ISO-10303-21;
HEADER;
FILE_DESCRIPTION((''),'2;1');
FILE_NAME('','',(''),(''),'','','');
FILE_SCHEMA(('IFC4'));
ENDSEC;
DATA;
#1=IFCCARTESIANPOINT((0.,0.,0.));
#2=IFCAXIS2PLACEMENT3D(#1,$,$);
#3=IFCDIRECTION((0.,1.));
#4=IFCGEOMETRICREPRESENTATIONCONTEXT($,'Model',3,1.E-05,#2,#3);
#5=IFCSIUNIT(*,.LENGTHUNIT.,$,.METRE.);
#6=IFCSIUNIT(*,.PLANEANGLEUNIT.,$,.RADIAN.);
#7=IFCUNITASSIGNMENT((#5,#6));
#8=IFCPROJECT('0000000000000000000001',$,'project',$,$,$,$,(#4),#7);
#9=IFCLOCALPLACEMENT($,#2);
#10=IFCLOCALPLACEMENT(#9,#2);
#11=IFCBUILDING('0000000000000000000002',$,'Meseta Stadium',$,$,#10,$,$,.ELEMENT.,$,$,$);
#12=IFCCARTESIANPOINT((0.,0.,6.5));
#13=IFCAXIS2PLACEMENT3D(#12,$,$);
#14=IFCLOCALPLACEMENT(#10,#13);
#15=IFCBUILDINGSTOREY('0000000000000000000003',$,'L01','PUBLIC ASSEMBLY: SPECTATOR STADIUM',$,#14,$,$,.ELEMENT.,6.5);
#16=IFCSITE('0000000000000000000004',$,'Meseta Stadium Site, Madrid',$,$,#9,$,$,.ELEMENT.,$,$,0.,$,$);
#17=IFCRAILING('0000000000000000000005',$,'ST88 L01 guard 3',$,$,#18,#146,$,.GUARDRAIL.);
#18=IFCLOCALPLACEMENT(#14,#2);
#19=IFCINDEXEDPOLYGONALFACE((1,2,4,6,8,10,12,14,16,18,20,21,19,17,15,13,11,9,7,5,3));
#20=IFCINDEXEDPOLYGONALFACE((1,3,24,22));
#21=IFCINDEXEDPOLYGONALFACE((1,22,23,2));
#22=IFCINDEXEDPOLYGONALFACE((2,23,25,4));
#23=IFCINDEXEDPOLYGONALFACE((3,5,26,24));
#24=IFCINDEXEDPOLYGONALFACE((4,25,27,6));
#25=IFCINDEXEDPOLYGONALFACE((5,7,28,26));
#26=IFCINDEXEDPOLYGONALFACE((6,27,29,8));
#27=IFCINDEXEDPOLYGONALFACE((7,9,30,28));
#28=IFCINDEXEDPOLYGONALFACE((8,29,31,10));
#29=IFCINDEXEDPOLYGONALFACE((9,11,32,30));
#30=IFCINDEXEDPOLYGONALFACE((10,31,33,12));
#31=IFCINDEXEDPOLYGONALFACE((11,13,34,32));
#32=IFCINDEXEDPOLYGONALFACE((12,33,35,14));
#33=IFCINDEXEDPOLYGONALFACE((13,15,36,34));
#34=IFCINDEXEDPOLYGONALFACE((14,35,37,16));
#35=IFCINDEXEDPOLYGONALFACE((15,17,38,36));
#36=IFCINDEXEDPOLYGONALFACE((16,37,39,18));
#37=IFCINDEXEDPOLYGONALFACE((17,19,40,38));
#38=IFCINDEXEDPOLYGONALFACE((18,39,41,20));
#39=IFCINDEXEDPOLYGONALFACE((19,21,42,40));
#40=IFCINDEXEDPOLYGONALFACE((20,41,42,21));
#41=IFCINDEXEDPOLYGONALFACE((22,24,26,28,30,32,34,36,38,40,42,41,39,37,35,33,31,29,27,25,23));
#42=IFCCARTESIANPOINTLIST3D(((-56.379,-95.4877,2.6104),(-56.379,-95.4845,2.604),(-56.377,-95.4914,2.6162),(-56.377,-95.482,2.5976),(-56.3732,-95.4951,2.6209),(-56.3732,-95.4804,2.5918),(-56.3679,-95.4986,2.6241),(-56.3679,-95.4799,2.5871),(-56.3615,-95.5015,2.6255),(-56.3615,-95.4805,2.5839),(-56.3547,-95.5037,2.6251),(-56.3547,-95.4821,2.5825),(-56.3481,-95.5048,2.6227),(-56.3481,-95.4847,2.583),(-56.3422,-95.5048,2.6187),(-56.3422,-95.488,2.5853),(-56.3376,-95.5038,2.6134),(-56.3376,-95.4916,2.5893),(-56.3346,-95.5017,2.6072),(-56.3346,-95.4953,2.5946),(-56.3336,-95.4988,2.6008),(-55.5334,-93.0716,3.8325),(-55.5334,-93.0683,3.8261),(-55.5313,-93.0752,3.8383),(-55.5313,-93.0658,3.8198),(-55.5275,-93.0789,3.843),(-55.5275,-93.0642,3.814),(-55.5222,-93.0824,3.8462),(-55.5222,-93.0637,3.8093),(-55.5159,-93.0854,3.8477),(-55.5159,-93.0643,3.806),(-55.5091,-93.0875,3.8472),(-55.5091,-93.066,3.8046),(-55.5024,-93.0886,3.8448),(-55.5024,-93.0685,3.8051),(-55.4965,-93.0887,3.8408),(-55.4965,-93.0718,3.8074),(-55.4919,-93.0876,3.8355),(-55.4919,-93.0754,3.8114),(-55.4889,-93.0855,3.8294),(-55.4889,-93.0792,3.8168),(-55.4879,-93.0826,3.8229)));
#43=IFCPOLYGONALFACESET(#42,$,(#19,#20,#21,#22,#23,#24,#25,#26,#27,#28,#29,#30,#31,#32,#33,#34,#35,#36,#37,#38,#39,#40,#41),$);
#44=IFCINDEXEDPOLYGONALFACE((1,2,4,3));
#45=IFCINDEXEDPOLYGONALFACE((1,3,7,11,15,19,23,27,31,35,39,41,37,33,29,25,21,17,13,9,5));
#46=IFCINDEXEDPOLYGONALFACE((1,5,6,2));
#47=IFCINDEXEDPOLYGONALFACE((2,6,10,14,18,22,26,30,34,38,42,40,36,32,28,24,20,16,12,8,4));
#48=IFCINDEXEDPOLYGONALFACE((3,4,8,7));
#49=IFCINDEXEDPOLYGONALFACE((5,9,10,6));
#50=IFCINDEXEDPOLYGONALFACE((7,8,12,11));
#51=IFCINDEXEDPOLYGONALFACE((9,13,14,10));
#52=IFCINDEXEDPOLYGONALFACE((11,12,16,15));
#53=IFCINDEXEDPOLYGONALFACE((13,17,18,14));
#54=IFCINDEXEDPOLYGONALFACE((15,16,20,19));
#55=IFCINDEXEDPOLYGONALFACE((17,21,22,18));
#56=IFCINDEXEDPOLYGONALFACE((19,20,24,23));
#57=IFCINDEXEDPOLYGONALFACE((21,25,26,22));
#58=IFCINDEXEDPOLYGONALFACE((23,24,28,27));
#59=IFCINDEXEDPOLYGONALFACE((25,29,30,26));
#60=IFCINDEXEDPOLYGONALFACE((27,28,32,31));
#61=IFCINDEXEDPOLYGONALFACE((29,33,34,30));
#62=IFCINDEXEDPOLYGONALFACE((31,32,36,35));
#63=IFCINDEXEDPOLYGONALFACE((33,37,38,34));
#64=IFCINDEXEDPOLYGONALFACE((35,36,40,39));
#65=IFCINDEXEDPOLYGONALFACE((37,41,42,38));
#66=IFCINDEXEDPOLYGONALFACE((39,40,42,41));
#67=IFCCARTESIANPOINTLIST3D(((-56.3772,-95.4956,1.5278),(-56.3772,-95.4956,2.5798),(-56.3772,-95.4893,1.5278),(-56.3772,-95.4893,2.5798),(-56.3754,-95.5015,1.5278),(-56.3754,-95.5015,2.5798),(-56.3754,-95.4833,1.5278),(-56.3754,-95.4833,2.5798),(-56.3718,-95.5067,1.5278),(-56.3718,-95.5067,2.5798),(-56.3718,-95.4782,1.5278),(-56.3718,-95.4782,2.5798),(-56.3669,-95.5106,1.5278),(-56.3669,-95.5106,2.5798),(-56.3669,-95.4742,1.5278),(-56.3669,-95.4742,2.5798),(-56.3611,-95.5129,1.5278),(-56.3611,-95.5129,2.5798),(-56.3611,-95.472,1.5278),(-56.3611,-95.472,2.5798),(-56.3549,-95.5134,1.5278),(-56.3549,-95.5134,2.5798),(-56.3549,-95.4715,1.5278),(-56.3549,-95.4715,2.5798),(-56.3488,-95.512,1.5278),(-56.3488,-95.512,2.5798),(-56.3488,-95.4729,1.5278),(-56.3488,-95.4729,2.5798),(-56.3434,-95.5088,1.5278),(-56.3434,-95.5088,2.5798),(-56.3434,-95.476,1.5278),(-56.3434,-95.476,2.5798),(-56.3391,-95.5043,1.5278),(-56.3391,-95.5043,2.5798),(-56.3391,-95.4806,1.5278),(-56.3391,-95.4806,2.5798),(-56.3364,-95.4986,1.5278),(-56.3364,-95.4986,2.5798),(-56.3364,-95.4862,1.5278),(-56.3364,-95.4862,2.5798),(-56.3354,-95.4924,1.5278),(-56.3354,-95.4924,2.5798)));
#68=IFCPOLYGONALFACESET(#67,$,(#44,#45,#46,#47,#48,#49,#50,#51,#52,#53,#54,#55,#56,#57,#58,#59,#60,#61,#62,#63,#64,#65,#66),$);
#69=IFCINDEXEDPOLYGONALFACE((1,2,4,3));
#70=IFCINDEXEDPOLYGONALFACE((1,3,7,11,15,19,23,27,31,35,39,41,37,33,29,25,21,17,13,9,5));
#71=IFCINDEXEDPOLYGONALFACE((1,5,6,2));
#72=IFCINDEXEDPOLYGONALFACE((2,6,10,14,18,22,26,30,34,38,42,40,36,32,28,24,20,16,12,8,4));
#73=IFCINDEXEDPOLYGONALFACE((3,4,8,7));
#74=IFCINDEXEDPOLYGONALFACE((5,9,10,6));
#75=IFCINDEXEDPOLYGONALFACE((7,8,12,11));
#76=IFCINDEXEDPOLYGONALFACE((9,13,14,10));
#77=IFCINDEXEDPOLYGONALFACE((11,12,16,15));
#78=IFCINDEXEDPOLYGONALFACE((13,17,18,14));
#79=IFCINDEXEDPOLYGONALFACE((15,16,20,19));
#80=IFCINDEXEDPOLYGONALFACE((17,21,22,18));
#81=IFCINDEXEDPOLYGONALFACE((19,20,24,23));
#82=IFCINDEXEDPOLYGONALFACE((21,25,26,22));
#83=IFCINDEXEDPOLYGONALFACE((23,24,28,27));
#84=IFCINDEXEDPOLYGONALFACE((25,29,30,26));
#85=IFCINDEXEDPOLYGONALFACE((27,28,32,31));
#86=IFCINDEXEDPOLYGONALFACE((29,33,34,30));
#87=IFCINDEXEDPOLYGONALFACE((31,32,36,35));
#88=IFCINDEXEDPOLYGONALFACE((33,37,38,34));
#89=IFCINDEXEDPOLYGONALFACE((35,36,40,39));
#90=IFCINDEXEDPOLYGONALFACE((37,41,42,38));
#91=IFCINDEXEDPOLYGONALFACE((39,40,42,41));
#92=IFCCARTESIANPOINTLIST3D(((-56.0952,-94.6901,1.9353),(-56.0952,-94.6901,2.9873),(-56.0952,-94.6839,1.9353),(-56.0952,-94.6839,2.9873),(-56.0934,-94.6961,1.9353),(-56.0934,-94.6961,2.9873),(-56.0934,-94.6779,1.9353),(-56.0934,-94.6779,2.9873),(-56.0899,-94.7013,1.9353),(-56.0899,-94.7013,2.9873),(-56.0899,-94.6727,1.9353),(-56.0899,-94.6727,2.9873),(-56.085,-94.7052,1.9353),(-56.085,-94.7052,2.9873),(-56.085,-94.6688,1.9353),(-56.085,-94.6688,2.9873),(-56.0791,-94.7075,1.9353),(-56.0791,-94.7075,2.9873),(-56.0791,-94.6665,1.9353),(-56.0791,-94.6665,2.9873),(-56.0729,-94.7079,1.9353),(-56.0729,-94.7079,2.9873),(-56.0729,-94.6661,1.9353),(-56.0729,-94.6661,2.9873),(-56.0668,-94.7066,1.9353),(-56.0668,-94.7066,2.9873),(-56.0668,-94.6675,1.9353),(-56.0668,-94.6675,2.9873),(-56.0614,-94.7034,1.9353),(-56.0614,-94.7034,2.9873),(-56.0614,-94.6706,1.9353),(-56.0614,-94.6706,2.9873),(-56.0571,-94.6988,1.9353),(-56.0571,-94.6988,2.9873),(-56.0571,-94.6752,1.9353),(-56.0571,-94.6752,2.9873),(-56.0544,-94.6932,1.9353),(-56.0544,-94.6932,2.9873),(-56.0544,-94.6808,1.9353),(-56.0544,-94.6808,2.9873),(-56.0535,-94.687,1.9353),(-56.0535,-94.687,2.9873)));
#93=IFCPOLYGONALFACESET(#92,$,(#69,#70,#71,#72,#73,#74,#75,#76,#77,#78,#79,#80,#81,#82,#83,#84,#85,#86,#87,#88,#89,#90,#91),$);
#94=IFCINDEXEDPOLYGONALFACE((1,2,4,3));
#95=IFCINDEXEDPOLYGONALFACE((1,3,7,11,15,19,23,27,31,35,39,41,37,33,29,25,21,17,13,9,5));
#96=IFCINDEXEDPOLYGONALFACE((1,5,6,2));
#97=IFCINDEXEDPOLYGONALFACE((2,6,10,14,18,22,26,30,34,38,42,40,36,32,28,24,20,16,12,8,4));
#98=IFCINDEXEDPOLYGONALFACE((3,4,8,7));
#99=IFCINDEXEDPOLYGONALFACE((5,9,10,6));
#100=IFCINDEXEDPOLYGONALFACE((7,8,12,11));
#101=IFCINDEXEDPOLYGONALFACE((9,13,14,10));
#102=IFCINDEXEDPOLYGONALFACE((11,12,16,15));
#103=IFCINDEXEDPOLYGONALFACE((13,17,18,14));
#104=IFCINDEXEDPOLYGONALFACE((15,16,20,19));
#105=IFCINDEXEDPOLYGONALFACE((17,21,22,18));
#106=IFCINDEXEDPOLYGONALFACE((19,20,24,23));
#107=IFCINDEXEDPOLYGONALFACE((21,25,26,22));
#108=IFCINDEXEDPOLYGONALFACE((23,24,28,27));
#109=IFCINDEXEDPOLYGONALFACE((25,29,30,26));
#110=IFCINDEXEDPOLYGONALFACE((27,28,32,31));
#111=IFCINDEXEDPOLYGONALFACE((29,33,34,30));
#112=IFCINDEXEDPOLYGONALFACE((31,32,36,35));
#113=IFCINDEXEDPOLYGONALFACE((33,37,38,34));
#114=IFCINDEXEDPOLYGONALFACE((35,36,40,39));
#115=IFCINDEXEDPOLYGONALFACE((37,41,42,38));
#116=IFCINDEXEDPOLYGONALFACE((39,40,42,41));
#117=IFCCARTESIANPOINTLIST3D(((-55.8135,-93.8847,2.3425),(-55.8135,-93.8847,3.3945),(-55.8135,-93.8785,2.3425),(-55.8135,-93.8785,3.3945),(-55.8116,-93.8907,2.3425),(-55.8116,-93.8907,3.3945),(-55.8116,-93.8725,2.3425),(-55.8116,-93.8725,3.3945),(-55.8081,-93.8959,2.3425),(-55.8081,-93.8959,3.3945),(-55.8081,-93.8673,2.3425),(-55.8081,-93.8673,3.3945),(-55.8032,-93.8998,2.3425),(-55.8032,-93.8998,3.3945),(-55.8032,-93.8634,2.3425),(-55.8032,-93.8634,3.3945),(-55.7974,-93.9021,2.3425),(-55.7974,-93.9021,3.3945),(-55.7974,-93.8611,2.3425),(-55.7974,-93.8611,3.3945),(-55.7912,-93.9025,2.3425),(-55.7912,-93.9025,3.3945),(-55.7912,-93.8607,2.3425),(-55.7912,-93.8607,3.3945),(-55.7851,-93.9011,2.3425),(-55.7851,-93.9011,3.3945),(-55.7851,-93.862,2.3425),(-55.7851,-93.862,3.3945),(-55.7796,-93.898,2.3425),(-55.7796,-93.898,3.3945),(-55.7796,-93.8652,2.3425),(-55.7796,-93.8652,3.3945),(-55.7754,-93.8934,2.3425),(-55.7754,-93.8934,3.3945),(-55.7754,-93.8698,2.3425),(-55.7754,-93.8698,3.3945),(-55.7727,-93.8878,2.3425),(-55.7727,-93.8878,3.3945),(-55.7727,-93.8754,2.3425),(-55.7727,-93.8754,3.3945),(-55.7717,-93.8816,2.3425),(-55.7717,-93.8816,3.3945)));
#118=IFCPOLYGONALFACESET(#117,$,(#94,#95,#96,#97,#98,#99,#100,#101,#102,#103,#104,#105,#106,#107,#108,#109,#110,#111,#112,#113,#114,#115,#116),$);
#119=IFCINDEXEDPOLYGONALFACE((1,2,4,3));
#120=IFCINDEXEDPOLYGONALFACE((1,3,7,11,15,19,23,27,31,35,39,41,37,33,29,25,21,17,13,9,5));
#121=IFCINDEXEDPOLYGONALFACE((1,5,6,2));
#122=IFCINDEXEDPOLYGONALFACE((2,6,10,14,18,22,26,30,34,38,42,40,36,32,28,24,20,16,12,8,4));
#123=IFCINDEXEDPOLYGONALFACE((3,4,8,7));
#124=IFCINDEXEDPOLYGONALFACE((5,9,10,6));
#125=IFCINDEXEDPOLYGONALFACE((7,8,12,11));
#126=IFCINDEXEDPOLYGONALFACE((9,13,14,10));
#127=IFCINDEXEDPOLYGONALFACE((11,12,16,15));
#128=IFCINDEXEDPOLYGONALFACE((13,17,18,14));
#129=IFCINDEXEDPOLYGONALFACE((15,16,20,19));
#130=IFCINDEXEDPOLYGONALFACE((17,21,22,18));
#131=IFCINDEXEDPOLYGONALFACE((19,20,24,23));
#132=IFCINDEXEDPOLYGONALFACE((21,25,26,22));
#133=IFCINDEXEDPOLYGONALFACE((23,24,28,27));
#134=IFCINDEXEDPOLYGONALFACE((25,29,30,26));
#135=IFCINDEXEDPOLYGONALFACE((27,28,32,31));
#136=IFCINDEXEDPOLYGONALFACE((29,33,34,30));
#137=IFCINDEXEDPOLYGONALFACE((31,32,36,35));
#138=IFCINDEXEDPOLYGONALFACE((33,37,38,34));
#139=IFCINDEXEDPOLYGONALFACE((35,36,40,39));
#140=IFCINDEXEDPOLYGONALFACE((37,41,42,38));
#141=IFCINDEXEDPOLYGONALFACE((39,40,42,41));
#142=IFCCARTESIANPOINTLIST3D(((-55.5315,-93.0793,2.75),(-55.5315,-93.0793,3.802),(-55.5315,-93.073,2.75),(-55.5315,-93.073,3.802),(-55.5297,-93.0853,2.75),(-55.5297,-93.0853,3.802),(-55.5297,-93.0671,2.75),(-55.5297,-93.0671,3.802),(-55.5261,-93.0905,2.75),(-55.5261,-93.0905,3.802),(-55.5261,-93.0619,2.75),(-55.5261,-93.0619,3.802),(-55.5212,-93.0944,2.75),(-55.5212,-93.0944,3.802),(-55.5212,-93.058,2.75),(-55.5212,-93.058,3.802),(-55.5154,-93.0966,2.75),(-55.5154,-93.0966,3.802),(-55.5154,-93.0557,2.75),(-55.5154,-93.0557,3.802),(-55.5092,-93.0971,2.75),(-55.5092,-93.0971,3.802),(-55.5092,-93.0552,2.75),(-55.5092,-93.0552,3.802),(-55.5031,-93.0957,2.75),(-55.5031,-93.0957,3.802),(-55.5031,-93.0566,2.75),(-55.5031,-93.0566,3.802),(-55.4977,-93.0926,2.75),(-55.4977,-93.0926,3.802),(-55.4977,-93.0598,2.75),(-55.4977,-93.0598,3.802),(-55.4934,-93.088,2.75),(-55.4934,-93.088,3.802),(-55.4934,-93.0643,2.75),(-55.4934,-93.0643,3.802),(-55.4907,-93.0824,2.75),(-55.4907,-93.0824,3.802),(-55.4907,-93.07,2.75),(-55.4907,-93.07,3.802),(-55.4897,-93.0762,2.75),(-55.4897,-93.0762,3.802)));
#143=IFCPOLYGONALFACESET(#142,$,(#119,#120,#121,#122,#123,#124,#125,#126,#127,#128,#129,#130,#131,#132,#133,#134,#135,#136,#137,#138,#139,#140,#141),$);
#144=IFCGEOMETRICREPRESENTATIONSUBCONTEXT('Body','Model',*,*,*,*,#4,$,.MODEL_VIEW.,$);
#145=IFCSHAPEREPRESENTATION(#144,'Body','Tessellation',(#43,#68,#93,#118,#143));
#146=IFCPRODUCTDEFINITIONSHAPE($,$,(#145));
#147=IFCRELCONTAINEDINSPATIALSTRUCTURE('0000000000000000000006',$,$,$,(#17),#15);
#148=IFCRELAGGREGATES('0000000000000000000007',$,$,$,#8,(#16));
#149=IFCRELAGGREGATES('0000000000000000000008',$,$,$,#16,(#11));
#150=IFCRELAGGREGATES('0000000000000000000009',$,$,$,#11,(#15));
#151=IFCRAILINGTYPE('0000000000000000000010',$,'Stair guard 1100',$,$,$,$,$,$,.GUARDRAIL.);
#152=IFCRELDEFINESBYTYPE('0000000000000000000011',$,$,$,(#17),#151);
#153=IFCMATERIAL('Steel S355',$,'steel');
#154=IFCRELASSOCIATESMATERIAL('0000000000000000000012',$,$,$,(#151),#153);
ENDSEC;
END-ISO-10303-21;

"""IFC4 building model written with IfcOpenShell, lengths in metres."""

from ifc_helpers import new_model, si_unit, direction, frame, origin, origin_2d, place, context, subcontext, project, spatial, circle, extrude, material, type_object, element, save


model = new_model("IFC4")

# Units and contexts
model_context = context("Model", 3, precision=1e-05, world=origin(), true_north=direction((0.0, 1.0)))
body_context = subcontext(model_context, "Body", "Model", "MODEL_VIEW")
ifc_project = project(units=[si_unit("LENGTHUNIT", "METRE"), si_unit("PLANEANGLEUNIT", "RADIAN")], contexts=[model_context])

# Site, building, storey
site_placement = place(None, origin())
site = spatial("IfcSite", under=ifc_project, at=site_placement, Name="Meseta Stadium Site, Madrid", CompositionType="ELEMENT", RefElevation=0.0)
building_placement = place(site_placement, origin())
building = spatial("IfcBuilding", under=site, at=building_placement, Name="Meseta Stadium", CompositionType="ELEMENT")
storey_placement = place(building_placement, frame((0.0, 0.0, 6.5)))
storey = spatial("IfcBuildingStorey", under=building, at=storey_placement, Name="L01", Description="PUBLIC ASSEMBLY: SPECTATOR STADIUM", CompositionType="ELEMENT", Elevation=6.5)

# Railing
ifc_material_1 = material(Name="Steel S355", Category="steel")
railing_type_1 = type_object("IfcRailingType", Name="Stair guard 1100", PredefinedType="GUARDRAIL", material=ifc_material_1)
railing_1_placement = place(storey_placement, frame((-56.3564, -95.4924, 1.5278)))
element("IfcRailing", 1, at=railing_1_placement, inside=storey, type_object=railing_type_1, Name="ST88 L01 guard 3", PredefinedType="GUARDRAIL", context=body_context, shape_type="SweptSolid", body=[
    extrude(circle(Radius=0.0239, at=origin_2d()), frame((0.0, 0.0, 1.0762), z_axis=(0.298123, 0.851767, 0.430832), x_axis=(-0.943857, 0.330355, 0.0)), (0.0, 0.0, 1.0), 2.8367),
    extrude(circle(Radius=0.021, at=origin_2d()), origin(), (0.0, 0.0, 1.0), 1.052),
    extrude(circle(Radius=0.021, at=origin_2d()), frame((0.282, 0.8054, 0.4075)), (0.0, 0.0, 1.0), 1.052),
    extrude(circle(Radius=0.021, at=origin_2d()), frame((0.5637, 1.6108, 0.8147)), (0.0, 0.0, 1.0), 1.052),
    extrude(circle(Radius=0.021, at=origin_2d()), frame((0.8457, 2.4163, 1.2222)), (0.0, 0.0, 1.0), 1.052),
])

save(model, "model.ifc")
